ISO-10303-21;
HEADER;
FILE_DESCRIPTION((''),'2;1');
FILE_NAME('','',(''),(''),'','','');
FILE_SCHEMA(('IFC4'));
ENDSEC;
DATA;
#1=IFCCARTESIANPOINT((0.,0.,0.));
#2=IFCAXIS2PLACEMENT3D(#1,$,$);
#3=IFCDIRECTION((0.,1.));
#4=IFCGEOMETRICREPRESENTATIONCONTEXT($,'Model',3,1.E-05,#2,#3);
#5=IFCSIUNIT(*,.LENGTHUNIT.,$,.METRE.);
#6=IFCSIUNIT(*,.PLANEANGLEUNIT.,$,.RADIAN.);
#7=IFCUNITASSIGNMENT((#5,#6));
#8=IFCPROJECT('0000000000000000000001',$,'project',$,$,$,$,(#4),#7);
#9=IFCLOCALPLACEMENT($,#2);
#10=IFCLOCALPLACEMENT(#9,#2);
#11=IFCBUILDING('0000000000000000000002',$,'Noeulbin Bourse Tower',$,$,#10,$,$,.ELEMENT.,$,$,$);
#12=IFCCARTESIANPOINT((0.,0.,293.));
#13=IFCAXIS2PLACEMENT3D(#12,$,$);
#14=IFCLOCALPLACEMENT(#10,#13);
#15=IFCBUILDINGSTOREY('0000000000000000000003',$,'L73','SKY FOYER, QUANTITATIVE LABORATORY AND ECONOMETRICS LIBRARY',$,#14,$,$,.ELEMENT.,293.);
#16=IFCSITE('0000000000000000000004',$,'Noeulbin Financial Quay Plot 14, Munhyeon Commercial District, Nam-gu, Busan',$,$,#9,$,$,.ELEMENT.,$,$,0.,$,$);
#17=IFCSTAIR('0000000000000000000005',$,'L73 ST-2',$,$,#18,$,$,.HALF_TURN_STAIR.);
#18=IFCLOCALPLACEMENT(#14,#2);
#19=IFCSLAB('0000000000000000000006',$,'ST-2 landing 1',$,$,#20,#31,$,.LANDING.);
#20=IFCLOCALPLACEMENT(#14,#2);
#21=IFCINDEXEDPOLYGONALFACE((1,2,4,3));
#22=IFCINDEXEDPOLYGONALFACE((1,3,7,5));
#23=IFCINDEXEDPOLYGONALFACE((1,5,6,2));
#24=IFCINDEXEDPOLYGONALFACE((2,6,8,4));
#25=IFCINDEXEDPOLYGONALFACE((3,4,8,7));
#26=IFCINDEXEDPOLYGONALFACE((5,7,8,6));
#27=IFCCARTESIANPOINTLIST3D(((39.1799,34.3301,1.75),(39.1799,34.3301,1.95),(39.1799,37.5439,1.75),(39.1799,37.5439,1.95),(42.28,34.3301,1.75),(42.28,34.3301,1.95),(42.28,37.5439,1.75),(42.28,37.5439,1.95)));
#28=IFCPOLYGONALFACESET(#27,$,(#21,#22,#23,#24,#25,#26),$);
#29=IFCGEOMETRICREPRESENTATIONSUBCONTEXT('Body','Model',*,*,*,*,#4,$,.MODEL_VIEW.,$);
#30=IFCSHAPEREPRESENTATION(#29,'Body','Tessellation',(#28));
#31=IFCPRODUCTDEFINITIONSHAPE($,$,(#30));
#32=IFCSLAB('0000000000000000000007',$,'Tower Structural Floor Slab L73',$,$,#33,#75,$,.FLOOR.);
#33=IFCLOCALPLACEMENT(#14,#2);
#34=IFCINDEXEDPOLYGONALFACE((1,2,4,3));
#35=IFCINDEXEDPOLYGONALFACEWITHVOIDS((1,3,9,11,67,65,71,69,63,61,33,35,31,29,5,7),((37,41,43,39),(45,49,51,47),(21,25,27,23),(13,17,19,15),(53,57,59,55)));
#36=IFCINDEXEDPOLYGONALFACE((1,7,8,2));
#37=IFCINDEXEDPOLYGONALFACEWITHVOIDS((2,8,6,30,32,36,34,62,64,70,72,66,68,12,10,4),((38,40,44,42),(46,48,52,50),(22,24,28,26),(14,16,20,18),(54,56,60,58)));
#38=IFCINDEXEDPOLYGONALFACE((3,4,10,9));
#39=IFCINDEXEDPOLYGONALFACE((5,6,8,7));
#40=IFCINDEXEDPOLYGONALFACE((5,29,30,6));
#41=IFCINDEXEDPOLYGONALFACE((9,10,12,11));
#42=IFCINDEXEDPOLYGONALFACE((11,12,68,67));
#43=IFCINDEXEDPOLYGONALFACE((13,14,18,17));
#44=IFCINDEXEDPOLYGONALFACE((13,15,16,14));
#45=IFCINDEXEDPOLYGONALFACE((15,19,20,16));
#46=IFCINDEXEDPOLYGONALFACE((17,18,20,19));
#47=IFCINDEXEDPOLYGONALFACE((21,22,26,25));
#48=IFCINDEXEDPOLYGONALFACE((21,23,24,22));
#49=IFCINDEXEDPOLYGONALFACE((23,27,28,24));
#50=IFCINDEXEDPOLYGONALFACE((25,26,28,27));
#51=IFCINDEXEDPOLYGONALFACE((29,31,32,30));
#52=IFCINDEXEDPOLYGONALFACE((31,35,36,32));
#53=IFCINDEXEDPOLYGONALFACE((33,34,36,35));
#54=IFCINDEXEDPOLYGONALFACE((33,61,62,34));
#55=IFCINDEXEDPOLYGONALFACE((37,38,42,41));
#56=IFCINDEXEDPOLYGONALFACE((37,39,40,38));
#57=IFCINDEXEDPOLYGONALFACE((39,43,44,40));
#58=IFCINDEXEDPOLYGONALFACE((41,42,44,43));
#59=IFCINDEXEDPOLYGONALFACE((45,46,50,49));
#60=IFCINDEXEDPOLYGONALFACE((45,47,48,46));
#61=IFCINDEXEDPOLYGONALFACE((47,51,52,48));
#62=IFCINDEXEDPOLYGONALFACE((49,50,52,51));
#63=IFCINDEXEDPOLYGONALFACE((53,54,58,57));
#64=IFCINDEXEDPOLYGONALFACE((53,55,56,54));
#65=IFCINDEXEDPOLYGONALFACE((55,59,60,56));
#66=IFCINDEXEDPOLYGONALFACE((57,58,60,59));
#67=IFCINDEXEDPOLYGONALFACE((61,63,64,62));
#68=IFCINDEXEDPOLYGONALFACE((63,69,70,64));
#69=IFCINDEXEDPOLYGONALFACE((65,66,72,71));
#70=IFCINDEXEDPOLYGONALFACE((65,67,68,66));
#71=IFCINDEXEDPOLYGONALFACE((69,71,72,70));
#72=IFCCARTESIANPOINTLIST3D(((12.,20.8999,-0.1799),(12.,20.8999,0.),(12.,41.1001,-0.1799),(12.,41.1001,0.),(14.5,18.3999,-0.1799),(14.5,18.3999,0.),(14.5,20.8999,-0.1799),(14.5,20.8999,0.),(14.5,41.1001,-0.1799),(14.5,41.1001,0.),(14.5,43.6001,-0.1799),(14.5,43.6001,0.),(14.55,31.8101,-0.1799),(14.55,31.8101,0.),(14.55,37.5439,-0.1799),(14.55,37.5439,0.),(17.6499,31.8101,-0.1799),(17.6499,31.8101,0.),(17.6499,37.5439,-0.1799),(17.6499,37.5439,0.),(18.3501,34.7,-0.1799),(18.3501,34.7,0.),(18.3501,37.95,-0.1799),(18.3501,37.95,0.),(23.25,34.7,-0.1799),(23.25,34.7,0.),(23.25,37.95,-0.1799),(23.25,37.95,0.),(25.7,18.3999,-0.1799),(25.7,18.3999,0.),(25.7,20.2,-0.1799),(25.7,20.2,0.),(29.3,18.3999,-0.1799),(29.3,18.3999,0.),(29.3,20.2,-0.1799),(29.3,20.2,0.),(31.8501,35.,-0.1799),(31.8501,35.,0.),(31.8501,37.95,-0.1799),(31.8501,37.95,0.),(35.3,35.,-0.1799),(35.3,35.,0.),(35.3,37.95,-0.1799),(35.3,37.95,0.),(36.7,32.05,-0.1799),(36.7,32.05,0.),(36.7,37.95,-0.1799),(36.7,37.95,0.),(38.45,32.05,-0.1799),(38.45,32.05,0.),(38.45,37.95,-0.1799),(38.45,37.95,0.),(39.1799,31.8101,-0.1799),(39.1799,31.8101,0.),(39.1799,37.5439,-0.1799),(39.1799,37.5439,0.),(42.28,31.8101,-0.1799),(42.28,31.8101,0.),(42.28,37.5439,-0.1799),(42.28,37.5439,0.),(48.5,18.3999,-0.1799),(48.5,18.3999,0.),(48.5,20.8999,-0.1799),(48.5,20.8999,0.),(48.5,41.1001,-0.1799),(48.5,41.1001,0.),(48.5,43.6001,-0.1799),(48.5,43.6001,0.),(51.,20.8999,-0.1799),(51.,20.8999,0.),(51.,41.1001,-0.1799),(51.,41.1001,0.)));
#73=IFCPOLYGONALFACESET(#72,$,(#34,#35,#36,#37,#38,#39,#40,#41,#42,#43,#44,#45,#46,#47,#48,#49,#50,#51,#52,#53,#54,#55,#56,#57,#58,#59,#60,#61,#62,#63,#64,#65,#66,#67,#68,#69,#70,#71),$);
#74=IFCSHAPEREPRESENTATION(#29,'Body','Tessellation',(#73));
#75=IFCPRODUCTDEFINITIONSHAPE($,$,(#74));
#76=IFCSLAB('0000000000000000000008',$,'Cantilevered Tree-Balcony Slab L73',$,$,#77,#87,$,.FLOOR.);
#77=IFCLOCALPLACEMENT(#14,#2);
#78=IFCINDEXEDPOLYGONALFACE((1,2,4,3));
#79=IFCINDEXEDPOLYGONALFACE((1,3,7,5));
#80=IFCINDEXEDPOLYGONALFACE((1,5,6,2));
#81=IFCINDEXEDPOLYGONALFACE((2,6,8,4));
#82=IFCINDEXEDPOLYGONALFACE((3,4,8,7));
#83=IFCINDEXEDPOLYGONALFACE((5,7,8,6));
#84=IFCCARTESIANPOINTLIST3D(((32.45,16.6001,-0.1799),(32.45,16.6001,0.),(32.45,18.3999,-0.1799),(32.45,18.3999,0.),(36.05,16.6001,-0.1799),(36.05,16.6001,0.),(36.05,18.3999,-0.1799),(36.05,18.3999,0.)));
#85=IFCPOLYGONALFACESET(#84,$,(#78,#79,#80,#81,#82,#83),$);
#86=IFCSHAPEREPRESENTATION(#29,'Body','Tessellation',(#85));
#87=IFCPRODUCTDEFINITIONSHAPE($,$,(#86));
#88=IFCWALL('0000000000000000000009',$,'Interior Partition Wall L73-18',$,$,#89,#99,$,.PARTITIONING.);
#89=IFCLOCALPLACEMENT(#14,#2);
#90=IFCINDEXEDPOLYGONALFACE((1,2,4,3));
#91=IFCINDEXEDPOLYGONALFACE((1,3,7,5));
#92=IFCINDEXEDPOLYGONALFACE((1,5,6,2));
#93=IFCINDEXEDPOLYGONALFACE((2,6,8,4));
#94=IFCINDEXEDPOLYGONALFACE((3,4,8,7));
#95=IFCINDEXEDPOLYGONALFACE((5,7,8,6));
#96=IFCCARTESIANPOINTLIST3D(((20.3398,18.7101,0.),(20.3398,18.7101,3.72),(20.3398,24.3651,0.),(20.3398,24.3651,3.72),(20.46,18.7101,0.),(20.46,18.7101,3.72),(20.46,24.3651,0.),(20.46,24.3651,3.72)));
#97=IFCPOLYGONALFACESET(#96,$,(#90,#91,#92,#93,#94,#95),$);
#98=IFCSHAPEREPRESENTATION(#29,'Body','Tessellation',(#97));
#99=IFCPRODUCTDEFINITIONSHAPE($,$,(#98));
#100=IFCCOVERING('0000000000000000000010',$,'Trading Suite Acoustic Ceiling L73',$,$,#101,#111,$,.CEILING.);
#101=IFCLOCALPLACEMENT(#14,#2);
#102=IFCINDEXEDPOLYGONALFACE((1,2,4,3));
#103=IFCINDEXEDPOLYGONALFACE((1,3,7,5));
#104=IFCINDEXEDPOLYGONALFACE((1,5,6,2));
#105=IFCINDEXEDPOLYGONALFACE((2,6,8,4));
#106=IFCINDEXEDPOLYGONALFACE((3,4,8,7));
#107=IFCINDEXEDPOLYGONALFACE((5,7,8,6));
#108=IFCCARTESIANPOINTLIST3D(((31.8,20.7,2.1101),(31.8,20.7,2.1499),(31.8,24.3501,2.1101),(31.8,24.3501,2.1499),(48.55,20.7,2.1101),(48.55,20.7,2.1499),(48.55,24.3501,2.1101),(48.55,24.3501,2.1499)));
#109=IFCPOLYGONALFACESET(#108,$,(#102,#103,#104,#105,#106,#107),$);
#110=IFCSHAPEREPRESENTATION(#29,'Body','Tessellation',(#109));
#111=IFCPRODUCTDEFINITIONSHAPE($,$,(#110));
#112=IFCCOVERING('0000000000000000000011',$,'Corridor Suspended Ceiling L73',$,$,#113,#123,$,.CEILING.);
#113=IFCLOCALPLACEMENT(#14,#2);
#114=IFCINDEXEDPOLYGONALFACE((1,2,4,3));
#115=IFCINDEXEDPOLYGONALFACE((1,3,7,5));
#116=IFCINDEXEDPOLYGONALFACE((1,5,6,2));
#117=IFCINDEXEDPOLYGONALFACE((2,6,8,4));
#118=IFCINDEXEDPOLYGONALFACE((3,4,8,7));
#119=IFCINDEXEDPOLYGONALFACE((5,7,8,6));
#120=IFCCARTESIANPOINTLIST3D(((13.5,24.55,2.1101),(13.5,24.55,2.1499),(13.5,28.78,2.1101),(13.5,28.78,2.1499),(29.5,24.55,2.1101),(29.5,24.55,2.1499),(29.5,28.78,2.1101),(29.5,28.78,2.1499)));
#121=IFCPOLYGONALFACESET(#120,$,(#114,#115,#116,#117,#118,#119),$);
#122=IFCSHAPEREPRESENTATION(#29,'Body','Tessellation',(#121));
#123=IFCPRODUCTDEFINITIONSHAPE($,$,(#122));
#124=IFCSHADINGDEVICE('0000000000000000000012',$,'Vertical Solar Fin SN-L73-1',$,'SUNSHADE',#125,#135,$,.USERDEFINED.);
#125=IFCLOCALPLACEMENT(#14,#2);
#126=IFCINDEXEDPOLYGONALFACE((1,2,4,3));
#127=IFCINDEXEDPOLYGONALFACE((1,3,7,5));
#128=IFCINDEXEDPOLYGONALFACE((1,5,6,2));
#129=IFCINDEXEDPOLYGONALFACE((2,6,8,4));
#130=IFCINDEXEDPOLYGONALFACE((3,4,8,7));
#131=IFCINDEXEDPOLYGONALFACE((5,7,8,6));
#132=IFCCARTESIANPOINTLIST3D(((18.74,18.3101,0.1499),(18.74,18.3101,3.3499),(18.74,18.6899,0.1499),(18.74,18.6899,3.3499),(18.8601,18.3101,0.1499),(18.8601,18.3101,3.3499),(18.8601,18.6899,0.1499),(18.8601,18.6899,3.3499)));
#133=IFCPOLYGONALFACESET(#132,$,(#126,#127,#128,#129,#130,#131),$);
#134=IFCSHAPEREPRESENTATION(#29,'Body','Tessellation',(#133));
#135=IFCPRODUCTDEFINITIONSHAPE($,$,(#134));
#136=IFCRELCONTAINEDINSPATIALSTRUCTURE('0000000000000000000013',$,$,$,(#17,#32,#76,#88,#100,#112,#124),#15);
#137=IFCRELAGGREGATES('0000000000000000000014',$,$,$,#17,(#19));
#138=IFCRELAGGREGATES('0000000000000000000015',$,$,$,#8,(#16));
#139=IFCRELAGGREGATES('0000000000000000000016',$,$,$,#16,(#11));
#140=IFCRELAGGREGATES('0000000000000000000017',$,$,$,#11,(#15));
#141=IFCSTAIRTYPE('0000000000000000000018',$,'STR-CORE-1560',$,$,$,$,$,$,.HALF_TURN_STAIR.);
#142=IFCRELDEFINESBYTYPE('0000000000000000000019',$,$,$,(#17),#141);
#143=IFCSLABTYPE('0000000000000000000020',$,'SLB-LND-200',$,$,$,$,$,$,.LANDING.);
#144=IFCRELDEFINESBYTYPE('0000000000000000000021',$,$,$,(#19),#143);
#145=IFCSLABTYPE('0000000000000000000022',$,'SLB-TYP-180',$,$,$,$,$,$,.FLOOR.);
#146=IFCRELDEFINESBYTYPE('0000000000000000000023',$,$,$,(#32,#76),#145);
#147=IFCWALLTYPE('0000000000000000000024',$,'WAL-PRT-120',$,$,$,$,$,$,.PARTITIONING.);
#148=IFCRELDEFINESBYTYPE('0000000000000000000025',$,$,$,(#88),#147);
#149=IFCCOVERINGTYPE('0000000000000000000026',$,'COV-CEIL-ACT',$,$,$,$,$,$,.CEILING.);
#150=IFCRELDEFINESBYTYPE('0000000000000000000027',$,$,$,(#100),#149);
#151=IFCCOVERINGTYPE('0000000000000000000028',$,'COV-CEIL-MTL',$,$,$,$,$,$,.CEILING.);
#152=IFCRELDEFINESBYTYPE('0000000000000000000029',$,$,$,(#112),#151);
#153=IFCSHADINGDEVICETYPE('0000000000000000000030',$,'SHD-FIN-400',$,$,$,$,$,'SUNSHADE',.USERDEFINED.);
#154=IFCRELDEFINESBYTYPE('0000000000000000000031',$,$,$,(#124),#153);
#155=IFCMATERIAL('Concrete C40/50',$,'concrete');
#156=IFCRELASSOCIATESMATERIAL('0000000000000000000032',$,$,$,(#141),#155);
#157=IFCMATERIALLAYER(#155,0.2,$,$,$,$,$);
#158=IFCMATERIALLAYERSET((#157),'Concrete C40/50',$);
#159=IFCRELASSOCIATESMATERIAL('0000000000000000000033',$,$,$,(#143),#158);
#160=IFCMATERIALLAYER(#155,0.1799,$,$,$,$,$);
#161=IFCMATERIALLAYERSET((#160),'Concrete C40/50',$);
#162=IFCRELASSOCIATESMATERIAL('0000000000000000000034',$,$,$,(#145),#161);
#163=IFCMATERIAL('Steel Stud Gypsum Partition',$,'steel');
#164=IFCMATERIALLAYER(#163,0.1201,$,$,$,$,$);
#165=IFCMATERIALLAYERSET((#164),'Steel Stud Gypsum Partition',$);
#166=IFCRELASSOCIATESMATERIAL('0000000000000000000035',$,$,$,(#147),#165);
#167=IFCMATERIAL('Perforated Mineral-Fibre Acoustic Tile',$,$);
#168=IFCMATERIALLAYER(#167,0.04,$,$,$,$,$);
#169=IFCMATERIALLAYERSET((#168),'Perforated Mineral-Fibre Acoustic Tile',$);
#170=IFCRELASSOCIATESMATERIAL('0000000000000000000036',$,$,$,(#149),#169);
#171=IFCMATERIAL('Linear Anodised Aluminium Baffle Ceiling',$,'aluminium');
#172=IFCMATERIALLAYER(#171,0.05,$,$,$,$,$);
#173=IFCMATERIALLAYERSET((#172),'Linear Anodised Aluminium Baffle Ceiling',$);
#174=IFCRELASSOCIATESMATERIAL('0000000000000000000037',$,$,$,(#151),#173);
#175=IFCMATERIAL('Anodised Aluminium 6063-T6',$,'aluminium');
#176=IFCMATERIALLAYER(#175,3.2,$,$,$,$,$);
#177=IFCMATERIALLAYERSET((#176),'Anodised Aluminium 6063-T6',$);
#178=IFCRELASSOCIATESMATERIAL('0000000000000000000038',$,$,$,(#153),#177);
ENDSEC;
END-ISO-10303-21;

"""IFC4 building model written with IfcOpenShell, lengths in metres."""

from ifc_helpers import new_model, si_unit, direction, frame, frame_2d, origin, origin_2d, place, context, subcontext, project, spatial, polyline, rectangle, outline, extrude, material, layer, layer_set, type_object, element, aggregate, save


model = new_model("IFC4")

# Units and contexts
model_context = context("Model", 3, precision=1e-05, world=origin(), true_north=direction((0.0, 1.0)))
body_context = subcontext(model_context, "Body", "Model", "MODEL_VIEW")
ifc_project = project(units=[si_unit("LENGTHUNIT", "METRE"), si_unit("PLANEANGLEUNIT", "RADIAN")], contexts=[model_context])

# Site, building, storey
site_placement = place(None, origin())
site = spatial("IfcSite", under=ifc_project, at=site_placement, Name="Noeulbin Financial Quay Plot 14, Munhyeon Commercial District, Nam-gu, Busan", CompositionType="ELEMENT", RefElevation=0.0)
building_placement = place(site_placement, origin())
building = spatial("IfcBuilding", under=site, at=building_placement, Name="Noeulbin Bourse Tower", CompositionType="ELEMENT")
storey_placement = place(building_placement, frame((0.0, 0.0, 293.0)))
storey = spatial("IfcBuildingStorey", under=building, at=storey_placement, Name="L73", Description="SKY FOYER, QUANTITATIVE LABORATORY AND ECONOMETRICS LIBRARY", CompositionType="ELEMENT", Elevation=293.0)

# Shared definitions
ifc_material_1 = material(Name="Anodised Aluminium 6063-T6", Category="aluminium")

# Stair, slab
ifc_material_2 = material(Name="Concrete C40/50", Category="concrete")
stair_type = type_object("IfcStairType", Name="STR-CORE-1560", PredefinedType="HALF_TURN_STAIR", material=ifc_material_2)
ifc_layer_1 = layer(ifc_material_2, 0.2)
ifc_layer_set_1 = layer_set([ifc_layer_1], Name="Concrete C40/50")
slab_type_1 = type_object("IfcSlabType", Name="SLB-LND-200", PredefinedType="LANDING", material=ifc_layer_set_1)
stair_1_placement = place(storey_placement, origin())
stair_1 = element("IfcStair", 1, at=stair_1_placement, inside=storey, type_object=stair_type, Name="L73 ST-2", PredefinedType="HALF_TURN_STAIR")
slab_1_placement = place(storey_placement, frame((0.0, 0.0, 1.75)))
slab_1 = element("IfcSlab", 2, at=slab_1_placement, type_object=slab_type_1, Name="ST-2 landing 1", PredefinedType="LANDING", context=body_context, shape_type="SweptSolid", body=[
    extrude(outline(polyline([(42.28, 34.3301), (42.28, 37.5439), (39.1799, 37.5439), (39.1799, 34.3301), (42.28, 34.3301)])), origin(), (0.0, 0.0, 1.0), 0.2),
])
aggregate(stair_1, [slab_1])

# Slab, openings
ifc_layer_2 = layer(ifc_material_2, 0.1799)
ifc_layer_set_2 = layer_set([ifc_layer_2], Name="Concrete C40/50")
slab_type_2 = type_object("IfcSlabType", Name="SLB-TYP-180", PredefinedType="FLOOR", material=ifc_layer_set_2)
slab_2_placement = place(storey_placement, frame((0.0, 0.0, -0.1799)))
slab_2 = element("IfcSlab", 3, at=slab_2_placement, inside=storey, type_object=slab_type_2, Name="Tower Structural Floor Slab L73", PredefinedType="FLOOR", context=body_context, shape_type="SweptSolid", body=[
    extrude(outline(polyline([(14.5, 18.3999), (25.7, 18.3999), (25.7, 20.2), (29.3, 20.2), (29.3, 18.3999), (48.5, 18.3999), (48.5, 20.8999), (51.0, 20.8999), (51.0, 41.1001), (48.5, 41.1001), (48.5, 43.6001), (14.5, 43.6001), (14.5, 41.1001), (12.0, 41.1001), (12.0, 20.8999), (14.5, 20.8999), (14.5, 18.3999)]), holes=[polyline([(17.6499, 31.8101), (17.6499, 37.5439), (14.55, 37.5439), (14.55, 31.8101), (17.6499, 31.8101)]), polyline([(42.28, 31.8101), (42.28, 37.5439), (39.1799, 37.5439), (39.1799, 31.8101), (42.28, 31.8101)]), polyline([(18.3501, 34.7), (23.25, 34.7), (23.25, 37.95), (18.3501, 37.95), (18.3501, 34.7)]), polyline([(36.7, 32.05), (38.45, 32.05), (38.45, 37.95), (36.7, 37.95), (36.7, 32.05)]), polyline([(31.8501, 35.0), (35.3, 35.0), (35.3, 37.95), (31.8501, 37.95), (31.8501, 35.0)])]), origin(), (0.0, 0.0, 1.0), 0.1799),
])
opening_1_placement = place(slab_2_placement, frame((0.0, 0.0, -0.01)))
element("IfcOpeningElement", 4, at=opening_1_placement, cuts=slab_2, PredefinedType="OPENING", context=body_context, shape_type="SweptSolid", body=[
    extrude(outline(polyline([(17.6499, 31.8101), (17.6499, 37.5439), (14.55, 37.5439), (14.55, 31.8101), (17.6499, 31.8101)])), origin(), (0.0, 0.0, 1.0), 0.2),
])
opening_2_placement = place(slab_2_placement, frame((0.0, 0.0, -0.01)))
element("IfcOpeningElement", 5, at=opening_2_placement, cuts=slab_2, PredefinedType="OPENING", context=body_context, shape_type="SweptSolid", body=[
    extrude(outline(polyline([(42.28, 31.8101), (42.28, 37.5439), (39.1799, 37.5439), (39.1799, 31.8101), (42.28, 31.8101)])), origin(), (0.0, 0.0, 1.0), 0.2),
])
opening_3_placement = place(slab_2_placement, frame((0.0, 0.0, -0.01)))
element("IfcOpeningElement", 6, at=opening_3_placement, cuts=slab_2, PredefinedType="OPENING", context=body_context, shape_type="SweptSolid", body=[
    extrude(outline(polyline([(18.3501, 34.7), (23.25, 34.7), (23.25, 37.95), (18.3501, 37.95), (18.3501, 34.7)])), origin(), (0.0, 0.0, 1.0), 0.2),
])
opening_4_placement = place(slab_2_placement, frame((0.0, 0.0, -0.01)))
element("IfcOpeningElement", 7, at=opening_4_placement, cuts=slab_2, PredefinedType="OPENING", context=body_context, shape_type="SweptSolid", body=[
    extrude(outline(polyline([(36.7, 32.05), (38.45, 32.05), (38.45, 37.95), (36.7, 37.95), (36.7, 32.05)])), origin(), (0.0, 0.0, 1.0), 0.2),
])
opening_5_placement = place(slab_2_placement, frame((0.0, 0.0, -0.01)))
element("IfcOpeningElement", 8, at=opening_5_placement, cuts=slab_2, PredefinedType="OPENING", context=body_context, shape_type="SweptSolid", body=[
    extrude(outline(polyline([(31.8501, 35.0), (35.3, 35.0), (35.3, 37.95), (31.8501, 37.95), (31.8501, 35.0)])), origin(), (0.0, 0.0, 1.0), 0.2),
])

# Slab
slab_3_placement = place(storey_placement, frame((0.0, 0.0, -0.1799)))
element("IfcSlab", 9, at=slab_3_placement, inside=storey, type_object=slab_type_2, Name="Cantilevered Tree-Balcony Slab L73", PredefinedType="FLOOR", context=body_context, shape_type="SweptSolid", body=[
    extrude(outline(polyline([(32.45, 16.6001), (36.05, 16.6001), (36.05, 18.3999), (32.45, 18.3999), (32.45, 16.6001)])), origin(), (0.0, 0.0, 1.0), 0.1799),
])

# Wall
ifc_material_3 = material(Name="Steel Stud Gypsum Partition", Category="steel")
ifc_layer_3 = layer(ifc_material_3, 0.1201)
ifc_layer_set_3 = layer_set([ifc_layer_3], Name="Steel Stud Gypsum Partition")
wall_type = type_object("IfcWallType", Name="WAL-PRT-120", PredefinedType="PARTITIONING", material=ifc_layer_set_3)
wall_placement = place(storey_placement, frame((20.3999, 18.71, 0.0), z_axis=(0.0, 0.0, 1.0), x_axis=(0.0, 1.0, 0.0)))
element("IfcWall", 10, at=wall_placement, inside=storey, type_object=wall_type, Name="Interior Partition Wall L73-18", PredefinedType="PARTITIONING", context=body_context, shape_type="SweptSolid", body=[
    extrude(rectangle(XDim=5.655, YDim=0.1201, at=frame_2d((2.8276, 0.0))), origin(), (0.0, 0.0, 1.0), 3.72),
])

# Coverings
ifc_material_4 = material(Name="Perforated Mineral-Fibre Acoustic Tile")
ifc_layer_4 = layer(ifc_material_4, 0.04)
ifc_layer_set_4 = layer_set([ifc_layer_4], Name="Perforated Mineral-Fibre Acoustic Tile")
covering_type_1 = type_object("IfcCoveringType", Name="COV-CEIL-ACT", PredefinedType="CEILING", material=ifc_layer_set_4)
covering_1_placement = place(storey_placement, frame((0.0, 0.0, 2.1101)))
element("IfcCovering", 11, at=covering_1_placement, inside=storey, type_object=covering_type_1, Name="Trading Suite Acoustic Ceiling L73", PredefinedType="CEILING", context=body_context, shape_type="SweptSolid", body=[
    extrude(outline(polyline([(31.8, 20.7), (48.55, 20.7), (48.55, 24.3501), (31.8, 24.3501), (31.8, 20.7)])), origin(), (0.0, 0.0, 1.0), 0.0398),
])
ifc_material_5 = material(Name="Linear Anodised Aluminium Baffle Ceiling", Category="aluminium")
ifc_layer_5 = layer(ifc_material_5, 0.05)
ifc_layer_set_5 = layer_set([ifc_layer_5], Name="Linear Anodised Aluminium Baffle Ceiling")
covering_type_2 = type_object("IfcCoveringType", Name="COV-CEIL-MTL", PredefinedType="CEILING", material=ifc_layer_set_5)
covering_2_placement = place(storey_placement, frame((0.0, 0.0, 2.1101)))
element("IfcCovering", 12, at=covering_2_placement, inside=storey, type_object=covering_type_2, Name="Corridor Suspended Ceiling L73", PredefinedType="CEILING", context=body_context, shape_type="SweptSolid", body=[
    extrude(outline(polyline([(13.5, 24.55), (29.5, 24.55), (29.5, 28.78), (13.5, 28.78), (13.5, 24.55)])), origin(), (0.0, 0.0, 1.0), 0.0398),
])

# Shading device
ifc_layer_6 = layer(ifc_material_1, 3.2)
ifc_layer_set_6 = layer_set([ifc_layer_6], Name="Anodised Aluminium 6063-T6")
shading_device_type = type_object("IfcShadingDeviceType", Name="SHD-FIN-400", ElementType="SUNSHADE", PredefinedType="USERDEFINED", material=ifc_layer_set_6)
shading_device_placement = place(storey_placement, frame((18.8, 18.5, 0.1499), z_axis=(0.0, 0.0, 1.0), x_axis=(1.0, 0.0, 0.0)))
element("IfcShadingDevice", 13, at=shading_device_placement, inside=storey, type_object=shading_device_type, Name="Vertical Solar Fin SN-L73-1", ObjectType="SUNSHADE", PredefinedType="USERDEFINED", context=body_context, shape_type="SweptSolid", body=[
    extrude(rectangle(XDim=0.1201, YDim=0.3799, at=origin_2d()), origin(), (0.0, 0.0, 1.0), 3.2),
])

save(model, "model.ifc")
